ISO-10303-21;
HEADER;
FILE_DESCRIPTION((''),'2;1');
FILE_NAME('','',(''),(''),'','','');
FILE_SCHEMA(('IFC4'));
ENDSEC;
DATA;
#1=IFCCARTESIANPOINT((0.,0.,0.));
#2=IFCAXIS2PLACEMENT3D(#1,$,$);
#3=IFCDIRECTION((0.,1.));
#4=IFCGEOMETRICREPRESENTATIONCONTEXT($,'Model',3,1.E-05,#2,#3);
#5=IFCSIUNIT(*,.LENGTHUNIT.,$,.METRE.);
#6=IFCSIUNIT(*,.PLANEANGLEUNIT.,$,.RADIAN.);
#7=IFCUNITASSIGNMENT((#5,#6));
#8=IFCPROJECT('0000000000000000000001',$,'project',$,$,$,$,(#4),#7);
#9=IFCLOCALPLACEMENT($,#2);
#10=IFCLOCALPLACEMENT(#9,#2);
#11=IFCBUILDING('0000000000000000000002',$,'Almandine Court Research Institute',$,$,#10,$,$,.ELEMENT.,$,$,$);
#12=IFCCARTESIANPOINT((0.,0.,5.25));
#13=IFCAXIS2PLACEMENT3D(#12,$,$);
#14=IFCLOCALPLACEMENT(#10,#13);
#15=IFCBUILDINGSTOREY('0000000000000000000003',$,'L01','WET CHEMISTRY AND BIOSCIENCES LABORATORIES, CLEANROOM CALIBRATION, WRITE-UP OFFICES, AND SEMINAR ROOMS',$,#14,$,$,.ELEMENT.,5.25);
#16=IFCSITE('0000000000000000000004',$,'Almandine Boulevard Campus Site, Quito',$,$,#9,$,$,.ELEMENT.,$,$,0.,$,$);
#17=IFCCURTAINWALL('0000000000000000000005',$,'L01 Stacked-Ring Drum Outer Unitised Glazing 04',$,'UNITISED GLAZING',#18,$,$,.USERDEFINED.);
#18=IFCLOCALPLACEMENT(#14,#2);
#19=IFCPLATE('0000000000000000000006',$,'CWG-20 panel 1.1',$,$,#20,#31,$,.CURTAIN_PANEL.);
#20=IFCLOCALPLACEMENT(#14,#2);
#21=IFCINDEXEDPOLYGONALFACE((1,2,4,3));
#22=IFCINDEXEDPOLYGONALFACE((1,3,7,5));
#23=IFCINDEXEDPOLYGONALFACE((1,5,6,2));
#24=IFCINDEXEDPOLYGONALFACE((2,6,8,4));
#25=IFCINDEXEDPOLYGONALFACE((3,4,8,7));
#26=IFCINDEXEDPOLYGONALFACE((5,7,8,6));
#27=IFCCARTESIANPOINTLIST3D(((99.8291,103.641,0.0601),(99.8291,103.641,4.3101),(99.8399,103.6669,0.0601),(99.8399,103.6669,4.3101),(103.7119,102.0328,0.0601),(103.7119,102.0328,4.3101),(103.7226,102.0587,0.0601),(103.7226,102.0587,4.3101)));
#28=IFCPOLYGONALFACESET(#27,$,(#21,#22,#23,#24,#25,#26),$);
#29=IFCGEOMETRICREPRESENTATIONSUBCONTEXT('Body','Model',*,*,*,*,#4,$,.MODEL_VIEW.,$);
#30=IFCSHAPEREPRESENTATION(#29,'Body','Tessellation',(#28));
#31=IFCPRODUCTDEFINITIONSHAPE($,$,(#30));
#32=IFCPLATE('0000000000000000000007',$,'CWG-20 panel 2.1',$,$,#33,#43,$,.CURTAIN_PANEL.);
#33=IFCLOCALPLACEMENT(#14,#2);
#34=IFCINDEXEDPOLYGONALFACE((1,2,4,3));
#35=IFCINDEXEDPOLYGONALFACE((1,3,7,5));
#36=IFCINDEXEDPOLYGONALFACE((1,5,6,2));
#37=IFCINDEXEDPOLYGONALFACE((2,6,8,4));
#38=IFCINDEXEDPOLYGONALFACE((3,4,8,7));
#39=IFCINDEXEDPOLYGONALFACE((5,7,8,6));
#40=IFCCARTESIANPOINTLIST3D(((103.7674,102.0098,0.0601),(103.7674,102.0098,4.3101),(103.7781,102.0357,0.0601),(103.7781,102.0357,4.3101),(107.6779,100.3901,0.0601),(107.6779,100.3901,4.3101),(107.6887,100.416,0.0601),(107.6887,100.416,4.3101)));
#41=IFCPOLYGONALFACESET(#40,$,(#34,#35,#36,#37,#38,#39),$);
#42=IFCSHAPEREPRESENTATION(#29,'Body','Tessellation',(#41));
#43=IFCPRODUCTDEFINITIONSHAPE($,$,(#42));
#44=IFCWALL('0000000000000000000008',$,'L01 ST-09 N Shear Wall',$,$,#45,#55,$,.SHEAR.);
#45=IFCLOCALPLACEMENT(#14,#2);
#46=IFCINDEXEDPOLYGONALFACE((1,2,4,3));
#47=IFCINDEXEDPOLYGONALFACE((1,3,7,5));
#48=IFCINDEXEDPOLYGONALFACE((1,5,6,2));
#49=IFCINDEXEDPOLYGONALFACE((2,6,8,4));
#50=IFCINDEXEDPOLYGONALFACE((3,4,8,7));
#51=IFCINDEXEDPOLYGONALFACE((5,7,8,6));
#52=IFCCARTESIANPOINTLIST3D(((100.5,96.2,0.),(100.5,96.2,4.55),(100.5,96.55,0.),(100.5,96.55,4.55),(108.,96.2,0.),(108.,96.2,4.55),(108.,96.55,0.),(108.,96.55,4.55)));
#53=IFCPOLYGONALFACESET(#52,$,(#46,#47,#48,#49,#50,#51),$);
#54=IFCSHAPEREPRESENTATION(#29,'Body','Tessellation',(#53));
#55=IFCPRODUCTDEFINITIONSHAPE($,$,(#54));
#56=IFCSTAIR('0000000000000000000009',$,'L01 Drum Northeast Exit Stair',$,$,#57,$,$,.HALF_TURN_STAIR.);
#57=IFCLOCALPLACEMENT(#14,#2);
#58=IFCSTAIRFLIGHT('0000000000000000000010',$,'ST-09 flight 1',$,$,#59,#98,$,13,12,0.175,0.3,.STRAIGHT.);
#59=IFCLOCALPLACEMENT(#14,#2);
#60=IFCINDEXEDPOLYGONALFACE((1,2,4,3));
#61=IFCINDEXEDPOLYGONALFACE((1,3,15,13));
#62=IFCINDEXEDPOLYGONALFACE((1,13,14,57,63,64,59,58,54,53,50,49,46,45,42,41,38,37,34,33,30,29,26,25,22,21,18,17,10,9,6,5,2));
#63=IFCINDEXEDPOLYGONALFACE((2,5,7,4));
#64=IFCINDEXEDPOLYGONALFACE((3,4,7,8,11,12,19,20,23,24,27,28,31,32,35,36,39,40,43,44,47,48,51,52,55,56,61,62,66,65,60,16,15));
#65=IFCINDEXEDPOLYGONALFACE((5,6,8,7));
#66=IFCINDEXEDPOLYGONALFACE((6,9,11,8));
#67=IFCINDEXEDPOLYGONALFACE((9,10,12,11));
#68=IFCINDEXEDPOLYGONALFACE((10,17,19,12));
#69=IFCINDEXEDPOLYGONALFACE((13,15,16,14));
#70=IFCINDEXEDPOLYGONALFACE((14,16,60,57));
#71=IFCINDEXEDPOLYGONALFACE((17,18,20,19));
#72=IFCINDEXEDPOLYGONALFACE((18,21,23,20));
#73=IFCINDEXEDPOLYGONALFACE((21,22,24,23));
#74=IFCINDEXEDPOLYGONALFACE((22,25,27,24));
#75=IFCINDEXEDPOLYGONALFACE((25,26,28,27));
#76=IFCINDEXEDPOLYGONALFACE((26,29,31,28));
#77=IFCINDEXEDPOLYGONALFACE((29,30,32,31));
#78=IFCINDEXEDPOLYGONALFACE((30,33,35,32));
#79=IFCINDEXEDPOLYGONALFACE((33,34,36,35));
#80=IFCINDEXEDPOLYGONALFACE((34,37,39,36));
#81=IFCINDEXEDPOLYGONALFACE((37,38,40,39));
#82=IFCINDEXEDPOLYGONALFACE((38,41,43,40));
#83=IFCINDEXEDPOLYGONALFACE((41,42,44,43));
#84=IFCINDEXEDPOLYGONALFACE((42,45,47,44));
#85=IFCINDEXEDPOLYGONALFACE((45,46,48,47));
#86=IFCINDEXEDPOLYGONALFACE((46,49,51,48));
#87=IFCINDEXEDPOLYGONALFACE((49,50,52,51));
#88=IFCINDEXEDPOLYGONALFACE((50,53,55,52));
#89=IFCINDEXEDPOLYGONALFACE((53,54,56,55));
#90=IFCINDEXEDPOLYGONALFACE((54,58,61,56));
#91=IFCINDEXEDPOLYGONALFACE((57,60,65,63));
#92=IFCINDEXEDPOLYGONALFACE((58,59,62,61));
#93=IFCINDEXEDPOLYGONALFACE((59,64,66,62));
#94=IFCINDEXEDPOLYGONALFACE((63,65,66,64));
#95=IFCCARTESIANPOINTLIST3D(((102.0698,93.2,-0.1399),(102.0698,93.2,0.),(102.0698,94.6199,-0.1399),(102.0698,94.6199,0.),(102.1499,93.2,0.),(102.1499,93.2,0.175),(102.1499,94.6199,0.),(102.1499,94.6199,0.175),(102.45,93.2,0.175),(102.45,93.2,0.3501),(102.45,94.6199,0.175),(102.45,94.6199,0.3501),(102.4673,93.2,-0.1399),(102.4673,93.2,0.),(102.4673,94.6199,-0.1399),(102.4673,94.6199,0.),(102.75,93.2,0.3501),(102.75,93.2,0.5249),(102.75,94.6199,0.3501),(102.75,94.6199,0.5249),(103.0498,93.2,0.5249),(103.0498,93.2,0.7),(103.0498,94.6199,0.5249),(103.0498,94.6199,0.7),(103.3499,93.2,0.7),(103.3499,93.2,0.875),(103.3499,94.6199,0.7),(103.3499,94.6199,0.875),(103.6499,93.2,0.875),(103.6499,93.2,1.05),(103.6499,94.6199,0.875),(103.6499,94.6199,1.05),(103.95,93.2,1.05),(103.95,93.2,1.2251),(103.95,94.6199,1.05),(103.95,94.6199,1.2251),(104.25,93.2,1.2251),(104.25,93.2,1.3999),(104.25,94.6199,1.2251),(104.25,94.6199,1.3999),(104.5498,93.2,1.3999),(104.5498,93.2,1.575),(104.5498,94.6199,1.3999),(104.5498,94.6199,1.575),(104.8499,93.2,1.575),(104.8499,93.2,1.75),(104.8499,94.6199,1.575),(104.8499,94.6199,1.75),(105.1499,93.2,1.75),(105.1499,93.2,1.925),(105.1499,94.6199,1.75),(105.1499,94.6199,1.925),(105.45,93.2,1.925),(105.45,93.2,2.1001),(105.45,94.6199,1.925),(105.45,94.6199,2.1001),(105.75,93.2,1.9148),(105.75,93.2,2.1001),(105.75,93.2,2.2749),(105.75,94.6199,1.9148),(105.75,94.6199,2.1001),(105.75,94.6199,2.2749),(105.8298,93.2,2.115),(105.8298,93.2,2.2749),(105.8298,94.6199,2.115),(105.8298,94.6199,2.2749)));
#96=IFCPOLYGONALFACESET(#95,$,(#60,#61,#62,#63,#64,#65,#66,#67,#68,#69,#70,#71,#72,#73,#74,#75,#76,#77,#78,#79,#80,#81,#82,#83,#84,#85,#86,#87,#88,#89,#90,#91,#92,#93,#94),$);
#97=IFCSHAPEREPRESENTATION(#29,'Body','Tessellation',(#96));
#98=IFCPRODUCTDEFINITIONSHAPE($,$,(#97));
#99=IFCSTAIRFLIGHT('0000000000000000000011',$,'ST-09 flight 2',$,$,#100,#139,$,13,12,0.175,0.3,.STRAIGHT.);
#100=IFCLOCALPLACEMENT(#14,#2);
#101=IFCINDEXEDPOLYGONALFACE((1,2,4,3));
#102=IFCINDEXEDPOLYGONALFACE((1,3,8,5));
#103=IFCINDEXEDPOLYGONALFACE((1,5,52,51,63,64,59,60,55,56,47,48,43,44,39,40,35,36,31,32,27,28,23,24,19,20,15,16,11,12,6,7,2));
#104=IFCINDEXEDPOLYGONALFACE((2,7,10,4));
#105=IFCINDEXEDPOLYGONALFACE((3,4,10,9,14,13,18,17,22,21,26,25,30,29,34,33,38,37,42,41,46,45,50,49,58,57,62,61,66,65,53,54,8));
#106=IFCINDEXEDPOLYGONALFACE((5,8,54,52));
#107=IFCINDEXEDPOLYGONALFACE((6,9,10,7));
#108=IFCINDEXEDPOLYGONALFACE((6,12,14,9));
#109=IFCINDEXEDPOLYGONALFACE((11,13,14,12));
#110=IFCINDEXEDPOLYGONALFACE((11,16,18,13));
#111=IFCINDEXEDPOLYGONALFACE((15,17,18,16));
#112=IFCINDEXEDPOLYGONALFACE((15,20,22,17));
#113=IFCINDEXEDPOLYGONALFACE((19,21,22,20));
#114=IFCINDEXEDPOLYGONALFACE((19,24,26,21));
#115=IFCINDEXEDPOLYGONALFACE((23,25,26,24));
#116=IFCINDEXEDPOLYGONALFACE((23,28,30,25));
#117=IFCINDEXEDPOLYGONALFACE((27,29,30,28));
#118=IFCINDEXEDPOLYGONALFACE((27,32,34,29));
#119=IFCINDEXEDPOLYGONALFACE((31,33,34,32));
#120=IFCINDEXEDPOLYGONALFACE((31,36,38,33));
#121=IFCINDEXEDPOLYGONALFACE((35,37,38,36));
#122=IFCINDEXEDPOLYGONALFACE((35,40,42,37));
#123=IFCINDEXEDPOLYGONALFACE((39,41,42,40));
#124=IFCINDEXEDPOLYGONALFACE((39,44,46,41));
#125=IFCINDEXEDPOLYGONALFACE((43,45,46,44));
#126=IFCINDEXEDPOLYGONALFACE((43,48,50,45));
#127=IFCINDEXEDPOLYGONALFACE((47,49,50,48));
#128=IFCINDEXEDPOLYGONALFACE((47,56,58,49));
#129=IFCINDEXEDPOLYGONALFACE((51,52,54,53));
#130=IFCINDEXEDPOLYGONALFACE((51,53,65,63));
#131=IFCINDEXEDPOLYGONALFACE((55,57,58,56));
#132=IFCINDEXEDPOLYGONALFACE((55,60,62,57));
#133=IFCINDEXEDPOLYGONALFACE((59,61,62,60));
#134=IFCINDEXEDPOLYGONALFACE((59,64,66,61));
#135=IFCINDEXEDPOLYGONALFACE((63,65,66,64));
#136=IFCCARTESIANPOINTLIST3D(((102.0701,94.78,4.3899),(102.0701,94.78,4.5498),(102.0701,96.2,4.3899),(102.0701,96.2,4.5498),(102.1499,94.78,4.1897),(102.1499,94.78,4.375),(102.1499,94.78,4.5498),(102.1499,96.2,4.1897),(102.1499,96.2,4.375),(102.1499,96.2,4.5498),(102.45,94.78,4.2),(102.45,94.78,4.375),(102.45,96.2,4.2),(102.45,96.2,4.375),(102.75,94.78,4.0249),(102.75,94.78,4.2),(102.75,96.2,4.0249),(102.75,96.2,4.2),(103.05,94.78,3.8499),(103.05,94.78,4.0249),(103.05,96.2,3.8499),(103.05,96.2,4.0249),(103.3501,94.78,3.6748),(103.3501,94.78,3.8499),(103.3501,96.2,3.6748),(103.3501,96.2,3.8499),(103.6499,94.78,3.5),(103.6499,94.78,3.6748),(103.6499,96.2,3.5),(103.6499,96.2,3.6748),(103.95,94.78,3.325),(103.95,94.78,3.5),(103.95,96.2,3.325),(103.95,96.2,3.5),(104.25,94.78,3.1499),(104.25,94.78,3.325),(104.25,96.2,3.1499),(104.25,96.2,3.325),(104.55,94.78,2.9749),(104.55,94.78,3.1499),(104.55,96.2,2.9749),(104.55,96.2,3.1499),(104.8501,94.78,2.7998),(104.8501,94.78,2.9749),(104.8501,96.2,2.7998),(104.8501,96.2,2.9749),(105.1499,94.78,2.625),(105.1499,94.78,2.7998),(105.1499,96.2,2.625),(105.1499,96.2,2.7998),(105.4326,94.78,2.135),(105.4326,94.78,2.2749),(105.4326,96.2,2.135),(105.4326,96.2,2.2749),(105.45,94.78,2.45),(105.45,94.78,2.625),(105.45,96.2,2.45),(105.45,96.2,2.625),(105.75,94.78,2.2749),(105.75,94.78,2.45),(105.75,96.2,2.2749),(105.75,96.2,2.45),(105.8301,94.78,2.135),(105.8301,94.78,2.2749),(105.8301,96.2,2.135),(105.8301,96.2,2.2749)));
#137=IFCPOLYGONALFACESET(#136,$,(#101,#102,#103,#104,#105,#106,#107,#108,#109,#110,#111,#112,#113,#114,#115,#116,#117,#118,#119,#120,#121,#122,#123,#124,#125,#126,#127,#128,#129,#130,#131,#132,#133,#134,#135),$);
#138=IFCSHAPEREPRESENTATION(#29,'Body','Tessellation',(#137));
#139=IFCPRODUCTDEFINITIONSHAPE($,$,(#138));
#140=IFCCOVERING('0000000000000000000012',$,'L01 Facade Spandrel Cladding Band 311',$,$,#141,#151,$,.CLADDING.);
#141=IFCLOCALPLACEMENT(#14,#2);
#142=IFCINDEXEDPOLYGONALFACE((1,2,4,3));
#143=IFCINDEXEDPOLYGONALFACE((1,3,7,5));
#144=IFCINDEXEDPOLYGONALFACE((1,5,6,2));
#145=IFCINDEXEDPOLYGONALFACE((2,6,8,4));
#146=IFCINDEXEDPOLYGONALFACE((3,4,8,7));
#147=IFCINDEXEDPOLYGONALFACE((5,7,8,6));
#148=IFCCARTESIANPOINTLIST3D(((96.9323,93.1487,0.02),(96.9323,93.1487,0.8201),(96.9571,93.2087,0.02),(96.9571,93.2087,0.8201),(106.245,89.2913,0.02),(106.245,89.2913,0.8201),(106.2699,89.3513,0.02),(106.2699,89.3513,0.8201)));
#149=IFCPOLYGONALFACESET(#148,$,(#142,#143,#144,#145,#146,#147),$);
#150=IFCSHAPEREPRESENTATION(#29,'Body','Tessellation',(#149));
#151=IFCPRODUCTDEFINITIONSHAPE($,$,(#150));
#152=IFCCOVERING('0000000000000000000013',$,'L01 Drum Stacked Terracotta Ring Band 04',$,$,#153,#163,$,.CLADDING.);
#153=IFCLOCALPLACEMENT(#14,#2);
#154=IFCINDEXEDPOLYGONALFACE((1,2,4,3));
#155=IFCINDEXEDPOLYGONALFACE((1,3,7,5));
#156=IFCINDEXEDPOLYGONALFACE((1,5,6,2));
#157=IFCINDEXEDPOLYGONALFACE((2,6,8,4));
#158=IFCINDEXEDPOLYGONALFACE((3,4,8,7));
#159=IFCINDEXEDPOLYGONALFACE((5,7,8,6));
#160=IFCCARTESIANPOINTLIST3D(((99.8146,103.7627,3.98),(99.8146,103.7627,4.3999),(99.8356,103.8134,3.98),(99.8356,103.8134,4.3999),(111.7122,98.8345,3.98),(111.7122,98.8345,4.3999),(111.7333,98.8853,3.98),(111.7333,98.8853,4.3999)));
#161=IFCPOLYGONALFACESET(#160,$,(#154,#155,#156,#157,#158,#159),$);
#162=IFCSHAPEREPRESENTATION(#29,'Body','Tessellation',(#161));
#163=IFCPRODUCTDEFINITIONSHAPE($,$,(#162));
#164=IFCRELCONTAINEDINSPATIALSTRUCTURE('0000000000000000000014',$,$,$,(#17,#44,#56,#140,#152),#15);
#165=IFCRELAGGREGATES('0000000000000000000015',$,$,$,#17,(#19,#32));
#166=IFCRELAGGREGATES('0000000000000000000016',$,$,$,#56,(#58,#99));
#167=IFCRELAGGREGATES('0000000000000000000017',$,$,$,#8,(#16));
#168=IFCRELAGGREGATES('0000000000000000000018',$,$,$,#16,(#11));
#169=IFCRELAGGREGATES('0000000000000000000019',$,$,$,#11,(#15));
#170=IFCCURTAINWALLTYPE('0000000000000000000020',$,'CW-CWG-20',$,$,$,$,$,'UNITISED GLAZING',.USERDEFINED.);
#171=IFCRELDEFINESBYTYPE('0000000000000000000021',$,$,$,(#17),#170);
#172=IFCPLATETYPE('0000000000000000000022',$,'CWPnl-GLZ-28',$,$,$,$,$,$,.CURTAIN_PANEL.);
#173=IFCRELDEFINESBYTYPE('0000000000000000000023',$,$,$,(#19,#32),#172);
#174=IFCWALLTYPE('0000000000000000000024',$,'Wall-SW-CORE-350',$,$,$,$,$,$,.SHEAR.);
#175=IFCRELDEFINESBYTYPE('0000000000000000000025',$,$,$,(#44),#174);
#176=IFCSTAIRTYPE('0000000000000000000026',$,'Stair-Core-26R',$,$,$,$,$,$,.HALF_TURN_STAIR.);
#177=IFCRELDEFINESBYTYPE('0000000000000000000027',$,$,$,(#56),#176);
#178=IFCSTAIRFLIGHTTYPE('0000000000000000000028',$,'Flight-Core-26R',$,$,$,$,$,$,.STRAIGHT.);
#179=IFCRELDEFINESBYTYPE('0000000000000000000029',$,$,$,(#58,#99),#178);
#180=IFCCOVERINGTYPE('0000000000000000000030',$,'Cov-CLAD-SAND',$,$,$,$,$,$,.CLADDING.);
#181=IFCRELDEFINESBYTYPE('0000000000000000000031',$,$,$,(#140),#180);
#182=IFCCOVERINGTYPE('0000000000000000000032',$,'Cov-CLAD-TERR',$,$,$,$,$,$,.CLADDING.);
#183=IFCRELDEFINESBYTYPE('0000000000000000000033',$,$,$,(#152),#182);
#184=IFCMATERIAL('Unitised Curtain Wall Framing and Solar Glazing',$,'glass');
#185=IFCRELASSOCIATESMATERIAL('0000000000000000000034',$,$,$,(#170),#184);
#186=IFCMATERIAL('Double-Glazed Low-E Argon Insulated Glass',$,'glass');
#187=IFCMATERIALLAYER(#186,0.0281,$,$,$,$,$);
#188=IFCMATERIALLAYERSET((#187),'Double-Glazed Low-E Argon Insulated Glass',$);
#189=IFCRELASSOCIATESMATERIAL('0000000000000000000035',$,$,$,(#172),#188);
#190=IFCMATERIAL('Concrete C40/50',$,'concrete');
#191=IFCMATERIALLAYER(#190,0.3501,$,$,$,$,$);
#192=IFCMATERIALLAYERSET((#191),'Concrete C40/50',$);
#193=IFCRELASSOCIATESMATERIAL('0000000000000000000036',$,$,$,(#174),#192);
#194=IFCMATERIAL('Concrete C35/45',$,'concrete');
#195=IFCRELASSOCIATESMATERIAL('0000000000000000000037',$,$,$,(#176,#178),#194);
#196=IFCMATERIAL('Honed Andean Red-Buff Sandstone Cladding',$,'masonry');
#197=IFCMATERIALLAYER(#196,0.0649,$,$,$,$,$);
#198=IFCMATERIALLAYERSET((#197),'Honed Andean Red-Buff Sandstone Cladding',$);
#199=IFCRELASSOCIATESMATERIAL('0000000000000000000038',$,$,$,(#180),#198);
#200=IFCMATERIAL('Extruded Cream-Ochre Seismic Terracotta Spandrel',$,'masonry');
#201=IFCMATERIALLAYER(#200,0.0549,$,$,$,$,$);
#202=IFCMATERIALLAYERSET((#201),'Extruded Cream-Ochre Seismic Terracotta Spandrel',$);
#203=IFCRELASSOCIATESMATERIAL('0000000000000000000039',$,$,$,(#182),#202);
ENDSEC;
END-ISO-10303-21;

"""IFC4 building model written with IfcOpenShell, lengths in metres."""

from ifc_helpers import new_model, si_unit, direction, frame, frame_2d, origin, origin_2d, place, context, subcontext, project, spatial, polyline, rectangle, outline, extrude, material, layer, layer_set, type_object, element, aggregate, save


model = new_model("IFC4")

# Units and contexts
model_context = context("Model", 3, precision=1e-05, world=origin(), true_north=direction((0.0, 1.0)))
body_context = subcontext(model_context, "Body", "Model", "MODEL_VIEW")
ifc_project = project(units=[si_unit("LENGTHUNIT", "METRE"), si_unit("PLANEANGLEUNIT", "RADIAN")], contexts=[model_context])

# Site, building, storey
site_placement = place(None, origin())
site = spatial("IfcSite", under=ifc_project, at=site_placement, Name="Almandine Boulevard Campus Site, Quito", CompositionType="ELEMENT", RefElevation=0.0)
building_placement = place(site_placement, origin())
building = spatial("IfcBuilding", under=site, at=building_placement, Name="Almandine Court Research Institute", CompositionType="ELEMENT")
storey_placement = place(building_placement, frame((0.0, 0.0, 5.25)))
storey = spatial("IfcBuildingStorey", under=building, at=storey_placement, Name="L01", Description="WET CHEMISTRY AND BIOSCIENCES LABORATORIES, CLEANROOM CALIBRATION, WRITE-UP OFFICES, AND SEMINAR ROOMS", CompositionType="ELEMENT", Elevation=5.25)

# Curtain wall
ifc_material_1 = material(Name="Unitised Curtain Wall Framing and Solar Glazing", Category="glass")
curtain_wall_type_1 = type_object("IfcCurtainWallType", Name="CW-CWG-20", ElementType="UNITISED GLAZING", PredefinedType="USERDEFINED", material=ifc_material_1)
curtain_wall_1_placement = place(storey_placement, origin())
curtain_wall_1 = element("IfcCurtainWall", 1, at=curtain_wall_1_placement, inside=storey, type_object=curtain_wall_type_1, Name="L01 Stacked-Ring Drum Outer Unitised Glazing 04", ObjectType="UNITISED GLAZING", PredefinedType="USERDEFINED")

# Plates
ifc_material_2 = material(Name="Double-Glazed Low-E Argon Insulated Glass", Category="glass")
ifc_layer_1 = layer(ifc_material_2, 0.0281)
ifc_layer_set_1 = layer_set([ifc_layer_1], Name="Double-Glazed Low-E Argon Insulated Glass")
plate_type = type_object("IfcPlateType", Name="CWPnl-GLZ-28", PredefinedType="CURTAIN_PANEL", material=ifc_layer_set_1)
plate_1_placement = place(storey_placement, frame((101.7759, 102.8499, 0.0601), z_axis=(0.0, 0.0, 1.0), x_axis=(0.923888, -0.382663, 0.0)))
plate_1 = element("IfcPlate", 2, at=plate_1_placement, type_object=plate_type, Name="CWG-20 panel 1.1", PredefinedType="CURTAIN_PANEL", context=body_context, shape_type="SweptSolid", body=[
    extrude(rectangle(XDim=4.2026, YDim=0.0281, at=origin_2d()), origin(), (0.0, 0.0, 1.0), 4.25),
])
plate_2_placement = place(storey_placement, frame((105.728, 101.2129, 0.0601), z_axis=(0.0, 0.0, 1.0), x_axis=(0.923888, -0.382663, 0.0)))
plate_2 = element("IfcPlate", 3, at=plate_2_placement, type_object=plate_type, Name="CWG-20 panel 2.1", PredefinedType="CURTAIN_PANEL", context=body_context, shape_type="SweptSolid", body=[
    extrude(rectangle(XDim=4.2327, YDim=0.0281, at=origin_2d()), origin(), (0.0, 0.0, 1.0), 4.25),
])
aggregate(curtain_wall_1, [plate_1, plate_2])

# Shared definitions
ifc_material_3 = material(Name="Concrete C40/50", Category="concrete")
ifc_layer_2 = layer(ifc_material_3, 0.3501)
ifc_layer_set_2 = layer_set([ifc_layer_2], Name="Concrete C40/50")
wall_type = type_object("IfcWallType", Name="Wall-SW-CORE-350", PredefinedType="SHEAR", material=ifc_layer_set_2)

# Wall
wall_1_placement = place(storey_placement, frame((100.5, 96.375, 0.0), z_axis=(0.0, 0.0, 1.0), x_axis=(1.0, 0.0, 0.0)))
element("IfcWall", 4, at=wall_1_placement, inside=storey, type_object=wall_type, Name="L01 ST-09 N Shear Wall", PredefinedType="SHEAR", context=body_context, shape_type="SweptSolid", body=[
    extrude(rectangle(XDim=7.5, YDim=0.3501, at=frame_2d((3.75, 0.0))), origin(), (0.0, 0.0, 1.0), 4.55),
])

# Stair, stair flights
ifc_material_4 = material(Name="Concrete C35/45", Category="concrete")
stair_type = type_object("IfcStairType", Name="Stair-Core-26R", PredefinedType="HALF_TURN_STAIR", material=ifc_material_4)
stair_placement = place(storey_placement, origin())
stair = element("IfcStair", 5, at=stair_placement, inside=storey, type_object=stair_type, Name="L01 Drum Northeast Exit Stair", PredefinedType="HALF_TURN_STAIR")
stair_flight_type = type_object("IfcStairFlightType", Name="Flight-Core-26R", PredefinedType="STRAIGHT", material=ifc_material_4)
stair_flight_1_placement = place(storey_placement, frame((102.1499, 93.9099, 0.0), z_axis=(0.0, 0.0, 1.0), x_axis=(1.0, 0.0, 0.0)))
stair_flight_1 = element("IfcStairFlight", 6, at=stair_flight_1_placement, type_object=stair_flight_type, Name="ST-09 flight 1", NumberOfRisers=13, NumberOfTreads=12, PredefinedType="STRAIGHT", RiserHeight=0.175, TreadLength=0.3, context=body_context, shape_type="SweptSolid", body=[
    extrude(outline(polyline([(-0.0801, -0.1399), (-0.0801, 0.0), (0.0, 0.0), (0.0, 0.175), (0.3, 0.175), (0.3, 0.3501), (0.6001, 0.3501), (0.6001, 0.5249), (0.8999, 0.5249), (0.8999, 0.7), (1.2, 0.7), (1.2, 0.875), (1.5, 0.875), (1.5, 1.05), (1.8, 1.05), (1.8, 1.2251), (2.1001, 1.2251), (2.1001, 1.3999), (2.3999, 1.3999), (2.3999, 1.575), (2.7, 1.575), (2.7, 1.75), (3.0, 1.75), (3.0, 1.925), (3.3, 1.925), (3.3, 2.1001), (3.6001, 2.1001), (3.6001, 2.2749), (3.6799, 2.2749), (3.6799, 2.115), (3.6001, 1.9148), (0.3174, 0.0), (0.3174, -0.1399), (-0.0801, -0.1399)])), frame((0.0, 0.71, 0.0), z_axis=(0.0, -1.0, 0.0), x_axis=(1.0, 0.0, 0.0)), (0.0, 0.0, 1.0), 1.4199),
])
stair_flight_2_placement = place(storey_placement, frame((105.75, 95.49, 2.2749), z_axis=(0.0, 0.0, 1.0), x_axis=(-1.0, 0.0, 0.0)))
stair_flight_2 = element("IfcStairFlight", 7, at=stair_flight_2_placement, type_object=stair_flight_type, Name="ST-09 flight 2", NumberOfRisers=13, NumberOfTreads=12, PredefinedType="STRAIGHT", RiserHeight=0.175, TreadLength=0.3, context=body_context, shape_type="SweptSolid", body=[
    extrude(outline(polyline([(-0.0801, -0.1399), (-0.0801, 0.0), (0.0, 0.0), (0.0, 0.175), (0.3, 0.175), (0.3, 0.3501), (0.6001, 0.3501), (0.6001, 0.5249), (0.8999, 0.5249), (0.8999, 0.7), (1.2, 0.7), (1.2, 0.875), (1.5, 0.875), (1.5, 1.05), (1.8, 1.05), (1.8, 1.2251), (2.1001, 1.2251), (2.1001, 1.3999), (2.3999, 1.3999), (2.3999, 1.575), (2.7, 1.575), (2.7, 1.75), (3.0, 1.75), (3.0, 1.925), (3.3, 1.925), (3.3, 2.1001), (3.6001, 2.1001), (3.6001, 2.2749), (3.6799, 2.2749), (3.6799, 2.115), (3.6001, 1.9148), (0.3174, 0.0), (0.3174, -0.1399), (-0.0801, -0.1399)])), frame((0.0, 0.71, 0.0), z_axis=(0.0, -1.0, 0.0), x_axis=(1.0, 0.0, 0.0)), (0.0, 0.0, 1.0), 1.4199),
])
aggregate(stair, [stair_flight_1, stair_flight_2])

# Coverings
ifc_material_5 = material(Name="Honed Andean Red-Buff Sandstone Cladding", Category="masonry")
ifc_layer_3 = layer(ifc_material_5, 0.0649)
ifc_layer_set_3 = layer_set([ifc_layer_3], Name="Honed Andean Red-Buff Sandstone Cladding")
covering_type_1 = type_object("IfcCoveringType", Name="Cov-CLAD-SAND", PredefinedType="CLADDING", material=ifc_layer_set_3)
covering_1_placement = place(storey_placement, frame((101.6011, 91.25, 0.02), z_axis=(0.0, 0.0, 1.0), x_axis=(-0.92388, 0.382683, 0.0)))
element("IfcCovering", 8, at=covering_1_placement, inside=storey, type_object=covering_type_1, Name="L01 Facade Spandrel Cladding Band 311", PredefinedType="CLADDING", context=body_context, shape_type="SweptSolid", body=[
    extrude(rectangle(XDim=10.0801, YDim=0.0649, at=origin_2d()), origin(), (0.0, 0.0, 1.0), 0.8),
])
ifc_material_6 = material(Name="Extruded Cream-Ochre Seismic Terracotta Spandrel", Category="masonry")
ifc_layer_4 = layer(ifc_material_6, 0.0549)
ifc_layer_set_4 = layer_set([ifc_layer_4], Name="Extruded Cream-Ochre Seismic Terracotta Spandrel")
covering_type_2 = type_object("IfcCoveringType", Name="Cov-CLAD-TERR", PredefinedType="CLADDING", material=ifc_layer_set_4)
covering_2_placement = place(storey_placement, frame((105.7739, 101.324, 3.98), z_axis=(0.0, 0.0, 1.0), x_axis=(0.92388, -0.382683, 0.0)))
element("IfcCovering", 9, at=covering_2_placement, inside=storey, type_object=covering_type_2, Name="L01 Drum Stacked Terracotta Ring Band 04", PredefinedType="CLADDING", context=body_context, shape_type="SweptSolid", body=[
    extrude(rectangle(XDim=12.8779, YDim=0.0549, at=origin_2d()), origin(), (0.0, 0.0, 1.0), 0.4199),
])

save(model, "model.ifc")
